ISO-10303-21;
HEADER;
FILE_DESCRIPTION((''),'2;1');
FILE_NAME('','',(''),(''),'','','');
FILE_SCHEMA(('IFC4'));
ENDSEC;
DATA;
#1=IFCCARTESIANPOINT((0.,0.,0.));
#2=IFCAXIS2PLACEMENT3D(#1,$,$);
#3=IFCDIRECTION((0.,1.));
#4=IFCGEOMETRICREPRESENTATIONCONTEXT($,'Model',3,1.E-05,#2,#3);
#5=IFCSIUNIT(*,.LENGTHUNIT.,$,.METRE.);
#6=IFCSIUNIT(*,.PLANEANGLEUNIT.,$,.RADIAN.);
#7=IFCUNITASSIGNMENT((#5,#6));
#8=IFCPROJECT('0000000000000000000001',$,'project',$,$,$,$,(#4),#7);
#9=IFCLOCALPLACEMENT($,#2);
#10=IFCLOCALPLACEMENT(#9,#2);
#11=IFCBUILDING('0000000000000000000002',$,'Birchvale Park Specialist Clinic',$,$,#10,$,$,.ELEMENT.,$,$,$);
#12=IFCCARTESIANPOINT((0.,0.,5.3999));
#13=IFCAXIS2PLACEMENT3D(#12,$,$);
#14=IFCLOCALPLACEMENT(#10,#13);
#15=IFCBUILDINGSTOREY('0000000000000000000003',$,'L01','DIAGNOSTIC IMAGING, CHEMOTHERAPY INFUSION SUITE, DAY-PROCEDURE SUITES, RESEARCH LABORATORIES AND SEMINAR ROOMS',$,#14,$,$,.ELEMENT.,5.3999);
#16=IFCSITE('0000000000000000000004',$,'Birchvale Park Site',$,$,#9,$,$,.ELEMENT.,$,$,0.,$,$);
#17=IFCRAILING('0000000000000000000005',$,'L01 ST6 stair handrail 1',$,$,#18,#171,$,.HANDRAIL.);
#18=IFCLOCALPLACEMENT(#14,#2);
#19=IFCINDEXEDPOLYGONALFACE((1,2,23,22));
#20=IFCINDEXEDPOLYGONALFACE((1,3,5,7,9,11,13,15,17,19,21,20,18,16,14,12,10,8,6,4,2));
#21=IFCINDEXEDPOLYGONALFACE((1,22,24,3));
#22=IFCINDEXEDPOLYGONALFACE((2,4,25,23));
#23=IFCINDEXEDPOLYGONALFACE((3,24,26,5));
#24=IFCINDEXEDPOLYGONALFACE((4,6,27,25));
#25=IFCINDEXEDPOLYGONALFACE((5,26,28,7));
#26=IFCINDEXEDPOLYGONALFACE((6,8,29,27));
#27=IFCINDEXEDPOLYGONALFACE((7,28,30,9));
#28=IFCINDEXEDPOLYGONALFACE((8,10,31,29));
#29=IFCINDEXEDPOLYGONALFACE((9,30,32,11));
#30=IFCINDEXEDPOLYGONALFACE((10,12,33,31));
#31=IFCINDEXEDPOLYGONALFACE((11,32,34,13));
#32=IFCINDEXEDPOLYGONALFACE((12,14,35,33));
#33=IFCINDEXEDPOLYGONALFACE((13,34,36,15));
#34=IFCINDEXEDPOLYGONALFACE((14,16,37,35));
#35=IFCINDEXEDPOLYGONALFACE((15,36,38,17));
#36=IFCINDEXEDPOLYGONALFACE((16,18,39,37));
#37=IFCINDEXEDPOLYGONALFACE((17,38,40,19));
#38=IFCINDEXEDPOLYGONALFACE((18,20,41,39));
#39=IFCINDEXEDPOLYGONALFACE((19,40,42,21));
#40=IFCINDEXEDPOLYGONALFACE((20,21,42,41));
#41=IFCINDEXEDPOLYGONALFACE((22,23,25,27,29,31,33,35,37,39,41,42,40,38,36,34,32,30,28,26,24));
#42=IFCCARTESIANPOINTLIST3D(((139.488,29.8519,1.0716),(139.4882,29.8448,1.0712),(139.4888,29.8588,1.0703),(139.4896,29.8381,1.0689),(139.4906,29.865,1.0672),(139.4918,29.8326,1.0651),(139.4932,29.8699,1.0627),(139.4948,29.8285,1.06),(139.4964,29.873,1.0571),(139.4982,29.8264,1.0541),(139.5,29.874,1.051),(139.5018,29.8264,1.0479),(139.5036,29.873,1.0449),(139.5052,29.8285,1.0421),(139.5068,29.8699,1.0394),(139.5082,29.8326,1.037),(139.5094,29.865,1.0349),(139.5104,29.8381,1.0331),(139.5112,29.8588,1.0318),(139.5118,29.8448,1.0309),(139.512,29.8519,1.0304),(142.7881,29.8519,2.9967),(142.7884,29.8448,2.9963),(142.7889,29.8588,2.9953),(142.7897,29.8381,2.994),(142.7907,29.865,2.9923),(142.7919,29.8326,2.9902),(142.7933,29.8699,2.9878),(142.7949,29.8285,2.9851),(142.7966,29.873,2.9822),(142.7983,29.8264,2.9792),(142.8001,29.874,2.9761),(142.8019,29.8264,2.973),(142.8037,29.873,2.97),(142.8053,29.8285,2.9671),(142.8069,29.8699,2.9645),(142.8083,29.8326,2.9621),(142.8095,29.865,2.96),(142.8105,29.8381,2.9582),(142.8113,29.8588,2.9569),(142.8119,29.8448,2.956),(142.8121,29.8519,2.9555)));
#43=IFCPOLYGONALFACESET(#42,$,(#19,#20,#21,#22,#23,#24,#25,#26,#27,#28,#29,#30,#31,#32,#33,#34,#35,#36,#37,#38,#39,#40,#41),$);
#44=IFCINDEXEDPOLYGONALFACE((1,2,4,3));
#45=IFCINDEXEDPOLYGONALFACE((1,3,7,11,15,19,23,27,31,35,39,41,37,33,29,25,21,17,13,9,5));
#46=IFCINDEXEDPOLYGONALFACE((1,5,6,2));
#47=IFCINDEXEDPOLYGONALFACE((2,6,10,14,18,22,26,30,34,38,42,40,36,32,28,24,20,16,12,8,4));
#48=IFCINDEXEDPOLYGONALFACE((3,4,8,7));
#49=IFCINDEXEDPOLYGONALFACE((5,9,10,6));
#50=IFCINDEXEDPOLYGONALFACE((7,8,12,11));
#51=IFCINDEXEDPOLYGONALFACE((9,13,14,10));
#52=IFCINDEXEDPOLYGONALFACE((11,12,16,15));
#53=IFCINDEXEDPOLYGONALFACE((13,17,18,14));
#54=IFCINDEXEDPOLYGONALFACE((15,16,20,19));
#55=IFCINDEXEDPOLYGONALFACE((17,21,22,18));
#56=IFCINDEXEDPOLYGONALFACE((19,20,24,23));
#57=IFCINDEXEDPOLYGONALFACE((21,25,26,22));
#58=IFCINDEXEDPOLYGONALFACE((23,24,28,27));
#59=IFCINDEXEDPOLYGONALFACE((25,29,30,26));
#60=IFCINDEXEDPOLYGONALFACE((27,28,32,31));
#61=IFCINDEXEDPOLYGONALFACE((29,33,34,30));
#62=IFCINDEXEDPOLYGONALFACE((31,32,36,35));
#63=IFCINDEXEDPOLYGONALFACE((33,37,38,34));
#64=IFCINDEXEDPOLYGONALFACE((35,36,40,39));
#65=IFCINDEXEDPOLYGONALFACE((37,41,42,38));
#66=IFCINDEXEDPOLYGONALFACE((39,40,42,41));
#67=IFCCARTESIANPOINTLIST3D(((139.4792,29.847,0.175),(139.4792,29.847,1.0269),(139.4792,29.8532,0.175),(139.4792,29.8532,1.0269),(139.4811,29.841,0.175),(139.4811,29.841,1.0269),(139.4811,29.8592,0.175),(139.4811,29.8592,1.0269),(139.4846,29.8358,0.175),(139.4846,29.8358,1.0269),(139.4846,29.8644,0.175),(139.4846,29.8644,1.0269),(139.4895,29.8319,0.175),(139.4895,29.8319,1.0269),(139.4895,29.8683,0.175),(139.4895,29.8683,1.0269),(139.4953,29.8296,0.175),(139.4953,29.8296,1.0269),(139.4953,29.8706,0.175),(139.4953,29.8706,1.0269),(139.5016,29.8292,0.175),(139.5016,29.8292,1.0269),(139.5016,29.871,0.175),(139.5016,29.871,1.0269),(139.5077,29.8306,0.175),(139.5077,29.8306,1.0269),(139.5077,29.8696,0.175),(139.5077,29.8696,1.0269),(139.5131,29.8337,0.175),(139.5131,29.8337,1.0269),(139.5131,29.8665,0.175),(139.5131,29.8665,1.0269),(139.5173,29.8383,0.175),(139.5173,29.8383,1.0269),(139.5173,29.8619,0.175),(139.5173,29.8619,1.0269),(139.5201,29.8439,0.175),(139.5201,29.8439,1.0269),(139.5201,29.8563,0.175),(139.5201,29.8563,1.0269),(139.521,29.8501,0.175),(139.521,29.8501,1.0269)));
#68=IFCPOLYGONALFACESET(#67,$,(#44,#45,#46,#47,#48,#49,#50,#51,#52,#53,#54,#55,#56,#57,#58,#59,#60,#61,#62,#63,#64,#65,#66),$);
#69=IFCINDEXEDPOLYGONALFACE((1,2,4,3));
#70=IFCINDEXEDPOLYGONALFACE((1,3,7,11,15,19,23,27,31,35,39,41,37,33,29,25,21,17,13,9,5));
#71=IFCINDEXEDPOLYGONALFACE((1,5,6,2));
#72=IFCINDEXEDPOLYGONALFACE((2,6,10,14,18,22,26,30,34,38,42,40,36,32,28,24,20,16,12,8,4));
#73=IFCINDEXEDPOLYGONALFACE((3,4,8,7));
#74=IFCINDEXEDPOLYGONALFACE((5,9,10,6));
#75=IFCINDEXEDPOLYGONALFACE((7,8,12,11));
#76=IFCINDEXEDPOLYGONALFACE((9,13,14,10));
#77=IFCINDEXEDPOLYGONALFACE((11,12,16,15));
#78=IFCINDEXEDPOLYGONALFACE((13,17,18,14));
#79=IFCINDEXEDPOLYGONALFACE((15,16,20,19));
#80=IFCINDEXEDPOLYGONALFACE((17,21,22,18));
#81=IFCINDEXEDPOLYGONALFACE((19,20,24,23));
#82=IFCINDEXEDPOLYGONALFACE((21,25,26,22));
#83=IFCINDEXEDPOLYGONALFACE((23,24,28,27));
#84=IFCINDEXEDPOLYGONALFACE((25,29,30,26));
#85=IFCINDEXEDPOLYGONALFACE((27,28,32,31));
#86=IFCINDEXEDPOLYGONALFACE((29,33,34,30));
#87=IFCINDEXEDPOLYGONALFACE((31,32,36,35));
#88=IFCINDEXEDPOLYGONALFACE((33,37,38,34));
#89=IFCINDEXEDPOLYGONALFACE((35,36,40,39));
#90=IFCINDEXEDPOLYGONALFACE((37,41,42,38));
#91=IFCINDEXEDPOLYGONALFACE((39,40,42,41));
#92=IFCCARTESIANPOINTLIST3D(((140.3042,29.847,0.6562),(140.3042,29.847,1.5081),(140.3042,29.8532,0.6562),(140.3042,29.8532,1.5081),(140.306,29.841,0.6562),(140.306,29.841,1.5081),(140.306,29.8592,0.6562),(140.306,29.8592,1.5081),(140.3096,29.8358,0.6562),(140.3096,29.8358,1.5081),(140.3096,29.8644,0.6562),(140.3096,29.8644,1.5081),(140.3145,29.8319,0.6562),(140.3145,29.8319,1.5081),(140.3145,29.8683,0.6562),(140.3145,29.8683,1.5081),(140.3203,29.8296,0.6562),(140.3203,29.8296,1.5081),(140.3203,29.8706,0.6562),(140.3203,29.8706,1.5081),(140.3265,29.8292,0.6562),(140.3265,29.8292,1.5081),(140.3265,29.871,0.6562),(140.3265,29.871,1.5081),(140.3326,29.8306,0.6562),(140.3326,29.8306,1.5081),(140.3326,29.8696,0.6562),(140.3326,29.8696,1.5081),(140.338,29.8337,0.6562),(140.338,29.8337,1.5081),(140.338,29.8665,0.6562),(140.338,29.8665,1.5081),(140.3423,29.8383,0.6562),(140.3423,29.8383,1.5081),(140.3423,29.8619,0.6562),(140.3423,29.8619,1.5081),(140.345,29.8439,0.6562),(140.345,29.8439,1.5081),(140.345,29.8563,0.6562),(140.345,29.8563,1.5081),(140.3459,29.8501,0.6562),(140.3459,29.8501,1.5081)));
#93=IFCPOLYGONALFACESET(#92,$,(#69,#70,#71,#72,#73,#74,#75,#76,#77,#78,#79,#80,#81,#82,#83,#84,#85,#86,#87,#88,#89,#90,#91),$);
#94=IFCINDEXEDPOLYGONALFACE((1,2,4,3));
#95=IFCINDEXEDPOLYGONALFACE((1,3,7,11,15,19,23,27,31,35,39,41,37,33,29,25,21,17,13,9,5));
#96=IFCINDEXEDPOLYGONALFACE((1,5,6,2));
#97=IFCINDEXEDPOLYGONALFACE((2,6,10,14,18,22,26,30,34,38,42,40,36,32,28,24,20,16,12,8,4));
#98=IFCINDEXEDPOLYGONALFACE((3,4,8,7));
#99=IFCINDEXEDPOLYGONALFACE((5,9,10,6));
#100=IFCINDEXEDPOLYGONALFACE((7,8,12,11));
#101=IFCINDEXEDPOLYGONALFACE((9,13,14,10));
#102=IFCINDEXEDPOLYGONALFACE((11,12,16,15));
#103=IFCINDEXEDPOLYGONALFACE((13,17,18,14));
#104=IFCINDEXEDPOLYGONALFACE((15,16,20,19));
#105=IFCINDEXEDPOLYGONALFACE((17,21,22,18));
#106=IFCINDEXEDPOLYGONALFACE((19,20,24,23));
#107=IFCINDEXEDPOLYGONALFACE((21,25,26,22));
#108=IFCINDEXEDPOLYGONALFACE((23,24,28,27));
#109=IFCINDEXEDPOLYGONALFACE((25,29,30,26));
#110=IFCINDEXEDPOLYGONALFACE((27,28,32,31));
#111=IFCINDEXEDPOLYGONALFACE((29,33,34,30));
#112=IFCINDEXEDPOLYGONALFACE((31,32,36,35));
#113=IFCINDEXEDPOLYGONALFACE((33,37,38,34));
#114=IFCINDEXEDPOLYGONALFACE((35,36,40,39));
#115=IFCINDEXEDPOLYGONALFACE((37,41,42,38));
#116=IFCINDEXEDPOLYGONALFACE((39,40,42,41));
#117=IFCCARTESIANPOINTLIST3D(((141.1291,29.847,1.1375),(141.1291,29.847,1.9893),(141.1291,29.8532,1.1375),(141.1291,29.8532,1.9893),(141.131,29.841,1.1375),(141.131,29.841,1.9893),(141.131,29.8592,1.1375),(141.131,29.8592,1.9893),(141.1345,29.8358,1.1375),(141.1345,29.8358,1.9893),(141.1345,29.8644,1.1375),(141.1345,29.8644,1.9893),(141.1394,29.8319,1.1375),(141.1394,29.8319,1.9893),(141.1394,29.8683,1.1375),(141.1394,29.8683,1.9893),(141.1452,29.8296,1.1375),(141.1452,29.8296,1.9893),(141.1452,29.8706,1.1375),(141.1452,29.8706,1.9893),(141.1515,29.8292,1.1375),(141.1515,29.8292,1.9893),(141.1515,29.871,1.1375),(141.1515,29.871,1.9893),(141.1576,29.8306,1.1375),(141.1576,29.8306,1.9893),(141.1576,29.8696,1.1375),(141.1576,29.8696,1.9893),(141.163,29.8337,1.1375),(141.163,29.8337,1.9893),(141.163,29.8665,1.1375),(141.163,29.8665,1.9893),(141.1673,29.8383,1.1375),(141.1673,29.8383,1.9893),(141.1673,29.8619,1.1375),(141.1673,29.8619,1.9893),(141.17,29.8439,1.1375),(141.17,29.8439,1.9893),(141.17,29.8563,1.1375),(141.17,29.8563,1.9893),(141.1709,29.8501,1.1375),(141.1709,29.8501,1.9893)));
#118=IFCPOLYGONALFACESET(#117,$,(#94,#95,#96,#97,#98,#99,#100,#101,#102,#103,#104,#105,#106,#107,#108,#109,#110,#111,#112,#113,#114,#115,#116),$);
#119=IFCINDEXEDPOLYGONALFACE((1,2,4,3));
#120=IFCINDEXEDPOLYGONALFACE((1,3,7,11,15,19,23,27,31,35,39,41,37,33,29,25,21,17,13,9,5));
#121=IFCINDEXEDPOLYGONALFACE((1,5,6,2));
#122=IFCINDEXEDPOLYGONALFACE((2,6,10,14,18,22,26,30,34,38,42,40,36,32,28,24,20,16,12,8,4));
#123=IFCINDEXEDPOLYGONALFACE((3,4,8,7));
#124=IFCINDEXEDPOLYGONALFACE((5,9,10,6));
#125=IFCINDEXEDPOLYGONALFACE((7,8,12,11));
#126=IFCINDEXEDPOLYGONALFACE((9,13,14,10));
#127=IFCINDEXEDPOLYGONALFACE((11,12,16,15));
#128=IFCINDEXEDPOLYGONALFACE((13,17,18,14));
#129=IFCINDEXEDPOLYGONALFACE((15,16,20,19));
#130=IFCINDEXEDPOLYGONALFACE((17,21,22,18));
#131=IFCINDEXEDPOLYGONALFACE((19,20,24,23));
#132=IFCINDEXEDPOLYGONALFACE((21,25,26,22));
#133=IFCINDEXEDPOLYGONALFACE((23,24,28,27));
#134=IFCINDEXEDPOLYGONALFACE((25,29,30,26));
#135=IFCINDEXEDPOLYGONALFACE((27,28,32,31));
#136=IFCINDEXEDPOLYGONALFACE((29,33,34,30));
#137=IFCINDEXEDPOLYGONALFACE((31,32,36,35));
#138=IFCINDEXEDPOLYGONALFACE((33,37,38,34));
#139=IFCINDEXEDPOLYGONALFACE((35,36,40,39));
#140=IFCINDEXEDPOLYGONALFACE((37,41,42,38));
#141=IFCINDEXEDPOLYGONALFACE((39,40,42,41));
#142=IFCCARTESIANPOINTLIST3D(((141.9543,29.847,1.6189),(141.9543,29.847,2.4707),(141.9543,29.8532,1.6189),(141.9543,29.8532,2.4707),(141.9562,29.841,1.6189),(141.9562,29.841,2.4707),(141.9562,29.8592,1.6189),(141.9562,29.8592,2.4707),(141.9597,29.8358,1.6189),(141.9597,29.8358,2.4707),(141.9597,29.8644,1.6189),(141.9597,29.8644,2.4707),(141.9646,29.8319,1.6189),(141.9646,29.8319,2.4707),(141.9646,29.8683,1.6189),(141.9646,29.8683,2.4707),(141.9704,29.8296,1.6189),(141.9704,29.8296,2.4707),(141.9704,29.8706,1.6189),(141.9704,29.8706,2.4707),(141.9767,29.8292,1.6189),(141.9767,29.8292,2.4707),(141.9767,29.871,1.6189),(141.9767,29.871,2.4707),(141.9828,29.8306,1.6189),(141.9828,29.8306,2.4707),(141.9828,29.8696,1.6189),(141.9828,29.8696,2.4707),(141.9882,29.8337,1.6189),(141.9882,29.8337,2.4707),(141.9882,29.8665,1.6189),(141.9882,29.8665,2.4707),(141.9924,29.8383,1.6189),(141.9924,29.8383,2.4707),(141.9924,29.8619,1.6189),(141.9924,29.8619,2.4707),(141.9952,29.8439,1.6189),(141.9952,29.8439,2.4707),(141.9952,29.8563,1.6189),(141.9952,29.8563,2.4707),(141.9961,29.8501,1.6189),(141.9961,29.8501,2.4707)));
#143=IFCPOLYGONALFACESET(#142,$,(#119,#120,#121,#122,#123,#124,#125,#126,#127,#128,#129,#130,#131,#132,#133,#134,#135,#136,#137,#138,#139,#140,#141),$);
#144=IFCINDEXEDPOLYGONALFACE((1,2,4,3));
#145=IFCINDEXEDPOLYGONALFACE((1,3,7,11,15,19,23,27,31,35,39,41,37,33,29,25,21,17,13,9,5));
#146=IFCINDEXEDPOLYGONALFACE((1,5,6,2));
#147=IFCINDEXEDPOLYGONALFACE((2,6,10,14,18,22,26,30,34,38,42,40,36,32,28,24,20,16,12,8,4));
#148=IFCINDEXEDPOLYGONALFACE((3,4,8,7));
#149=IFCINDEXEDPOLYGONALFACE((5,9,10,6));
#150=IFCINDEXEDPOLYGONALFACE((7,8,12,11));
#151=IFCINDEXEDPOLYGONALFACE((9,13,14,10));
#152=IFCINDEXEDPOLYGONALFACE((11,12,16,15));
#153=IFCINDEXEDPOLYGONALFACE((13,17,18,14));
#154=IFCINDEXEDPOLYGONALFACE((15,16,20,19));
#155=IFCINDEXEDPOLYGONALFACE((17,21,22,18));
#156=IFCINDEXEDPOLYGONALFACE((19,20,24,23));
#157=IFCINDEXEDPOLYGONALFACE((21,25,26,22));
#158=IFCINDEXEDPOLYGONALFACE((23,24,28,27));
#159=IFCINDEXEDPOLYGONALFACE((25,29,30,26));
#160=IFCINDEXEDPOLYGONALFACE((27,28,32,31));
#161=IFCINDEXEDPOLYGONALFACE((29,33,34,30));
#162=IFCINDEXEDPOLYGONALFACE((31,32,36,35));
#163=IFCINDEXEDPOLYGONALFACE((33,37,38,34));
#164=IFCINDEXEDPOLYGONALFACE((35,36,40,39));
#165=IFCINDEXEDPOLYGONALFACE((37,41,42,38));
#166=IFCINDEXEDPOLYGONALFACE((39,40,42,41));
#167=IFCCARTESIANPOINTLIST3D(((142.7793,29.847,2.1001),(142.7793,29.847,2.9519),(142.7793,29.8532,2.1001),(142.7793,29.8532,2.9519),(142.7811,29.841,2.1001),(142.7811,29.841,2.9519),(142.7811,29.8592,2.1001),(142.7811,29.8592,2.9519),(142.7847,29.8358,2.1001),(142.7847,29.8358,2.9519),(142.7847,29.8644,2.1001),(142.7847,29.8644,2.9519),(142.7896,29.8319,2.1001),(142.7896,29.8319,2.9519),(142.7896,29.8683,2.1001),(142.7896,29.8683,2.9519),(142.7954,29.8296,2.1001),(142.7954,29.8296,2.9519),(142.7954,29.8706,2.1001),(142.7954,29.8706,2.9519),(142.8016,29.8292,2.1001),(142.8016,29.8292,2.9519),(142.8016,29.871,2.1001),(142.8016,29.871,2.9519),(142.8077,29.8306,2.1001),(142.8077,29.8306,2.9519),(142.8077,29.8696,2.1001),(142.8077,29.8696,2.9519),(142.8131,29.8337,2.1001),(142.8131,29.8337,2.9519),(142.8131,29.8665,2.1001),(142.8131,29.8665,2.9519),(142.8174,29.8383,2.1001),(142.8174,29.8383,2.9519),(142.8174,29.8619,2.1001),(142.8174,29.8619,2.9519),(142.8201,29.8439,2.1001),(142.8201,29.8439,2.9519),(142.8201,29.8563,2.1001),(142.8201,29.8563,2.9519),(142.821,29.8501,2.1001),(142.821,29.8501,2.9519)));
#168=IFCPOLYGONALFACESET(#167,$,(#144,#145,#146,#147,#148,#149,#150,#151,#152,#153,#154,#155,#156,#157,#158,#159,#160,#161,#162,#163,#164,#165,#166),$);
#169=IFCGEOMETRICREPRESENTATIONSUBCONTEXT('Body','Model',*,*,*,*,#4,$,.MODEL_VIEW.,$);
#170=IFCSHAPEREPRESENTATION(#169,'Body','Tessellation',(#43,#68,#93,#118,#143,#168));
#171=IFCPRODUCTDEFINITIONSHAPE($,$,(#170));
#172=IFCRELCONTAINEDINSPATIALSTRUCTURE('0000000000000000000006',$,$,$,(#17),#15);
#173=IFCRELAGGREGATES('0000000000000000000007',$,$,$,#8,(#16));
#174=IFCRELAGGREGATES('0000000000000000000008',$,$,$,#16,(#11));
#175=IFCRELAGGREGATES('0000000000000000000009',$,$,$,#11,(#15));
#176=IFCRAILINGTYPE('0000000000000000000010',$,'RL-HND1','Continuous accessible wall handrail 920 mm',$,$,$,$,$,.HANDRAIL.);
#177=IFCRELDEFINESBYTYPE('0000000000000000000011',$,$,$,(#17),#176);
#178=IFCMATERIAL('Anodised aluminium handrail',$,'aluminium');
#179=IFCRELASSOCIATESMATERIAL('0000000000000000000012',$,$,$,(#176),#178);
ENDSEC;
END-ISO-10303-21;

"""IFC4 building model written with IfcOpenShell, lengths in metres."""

from ifc_helpers import new_model, si_unit, direction, frame, origin, origin_2d, place, context, subcontext, project, spatial, circle, extrude, material, type_object, element, save


model = new_model("IFC4")

# Units and contexts
model_context = context("Model", 3, precision=1e-05, world=origin(), true_north=direction((0.0, 1.0)))
body_context = subcontext(model_context, "Body", "Model", "MODEL_VIEW")
ifc_project = project(units=[si_unit("LENGTHUNIT", "METRE"), si_unit("PLANEANGLEUNIT", "RADIAN")], contexts=[model_context])

# Site, building, storey
site_placement = place(None, origin())
site = spatial("IfcSite", under=ifc_project, at=site_placement, Name="Birchvale Park Site", CompositionType="ELEMENT", RefElevation=0.0)
building_placement = place(site_placement, origin())
building = spatial("IfcBuilding", under=site, at=building_placement, Name="Birchvale Park Specialist Clinic", CompositionType="ELEMENT")
storey_placement = place(building_placement, frame((0.0, 0.0, 5.3999)))
storey = spatial("IfcBuildingStorey", under=building, at=storey_placement, Name="L01", Description="DIAGNOSTIC IMAGING, CHEMOTHERAPY INFUSION SUITE, DAY-PROCEDURE SUITES, RESEARCH LABORATORIES AND SEMINAR ROOMS", CompositionType="ELEMENT", Elevation=5.3999)

# Railing
ifc_material_1 = material(Name="Anodised aluminium handrail", Category="aluminium")
railing_type_1 = type_object("IfcRailingType", Name="RL-HND1", Description="Continuous accessible wall handrail 920 mm", PredefinedType="HANDRAIL", material=ifc_material_1)
railing_1_placement = place(storey_placement, frame((139.5, 29.8501, 0.175)))
element("IfcRailing", 1, at=railing_1_placement, inside=storey, type_object=railing_type_1, Name="L01 ST6 stair handrail 1", PredefinedType="HANDRAIL", context=body_context, shape_type="SweptSolid", body=[
    extrude(circle(Radius=0.0239, at=origin_2d()), frame((0.0, 0.0, 0.876), z_axis=(0.863777, 0.0, 0.503875), x_axis=(0.0, 1.0, 0.0)), (0.0, 0.0, 1.0), 3.8206),
    extrude(circle(Radius=0.021, at=origin_2d()), origin(), (0.0, 0.0, 1.0), 0.8518),
    extrude(circle(Radius=0.021, at=origin_2d()), frame((0.825, 0.0, 0.4812)), (0.0, 0.0, 1.0), 0.8518),
    extrude(circle(Radius=0.021, at=origin_2d()), frame((1.6499, 0.0, 0.9624)), (0.0, 0.0, 1.0), 0.8518),
    extrude(circle(Radius=0.021, at=origin_2d()), frame((2.4751, 0.0, 1.4438)), (0.0, 0.0, 1.0), 0.8518),
    extrude(circle(Radius=0.021, at=origin_2d()), frame((3.3, 0.0, 1.925)), (0.0, 0.0, 1.0), 0.8518),
])

save(model, "model.ifc")
